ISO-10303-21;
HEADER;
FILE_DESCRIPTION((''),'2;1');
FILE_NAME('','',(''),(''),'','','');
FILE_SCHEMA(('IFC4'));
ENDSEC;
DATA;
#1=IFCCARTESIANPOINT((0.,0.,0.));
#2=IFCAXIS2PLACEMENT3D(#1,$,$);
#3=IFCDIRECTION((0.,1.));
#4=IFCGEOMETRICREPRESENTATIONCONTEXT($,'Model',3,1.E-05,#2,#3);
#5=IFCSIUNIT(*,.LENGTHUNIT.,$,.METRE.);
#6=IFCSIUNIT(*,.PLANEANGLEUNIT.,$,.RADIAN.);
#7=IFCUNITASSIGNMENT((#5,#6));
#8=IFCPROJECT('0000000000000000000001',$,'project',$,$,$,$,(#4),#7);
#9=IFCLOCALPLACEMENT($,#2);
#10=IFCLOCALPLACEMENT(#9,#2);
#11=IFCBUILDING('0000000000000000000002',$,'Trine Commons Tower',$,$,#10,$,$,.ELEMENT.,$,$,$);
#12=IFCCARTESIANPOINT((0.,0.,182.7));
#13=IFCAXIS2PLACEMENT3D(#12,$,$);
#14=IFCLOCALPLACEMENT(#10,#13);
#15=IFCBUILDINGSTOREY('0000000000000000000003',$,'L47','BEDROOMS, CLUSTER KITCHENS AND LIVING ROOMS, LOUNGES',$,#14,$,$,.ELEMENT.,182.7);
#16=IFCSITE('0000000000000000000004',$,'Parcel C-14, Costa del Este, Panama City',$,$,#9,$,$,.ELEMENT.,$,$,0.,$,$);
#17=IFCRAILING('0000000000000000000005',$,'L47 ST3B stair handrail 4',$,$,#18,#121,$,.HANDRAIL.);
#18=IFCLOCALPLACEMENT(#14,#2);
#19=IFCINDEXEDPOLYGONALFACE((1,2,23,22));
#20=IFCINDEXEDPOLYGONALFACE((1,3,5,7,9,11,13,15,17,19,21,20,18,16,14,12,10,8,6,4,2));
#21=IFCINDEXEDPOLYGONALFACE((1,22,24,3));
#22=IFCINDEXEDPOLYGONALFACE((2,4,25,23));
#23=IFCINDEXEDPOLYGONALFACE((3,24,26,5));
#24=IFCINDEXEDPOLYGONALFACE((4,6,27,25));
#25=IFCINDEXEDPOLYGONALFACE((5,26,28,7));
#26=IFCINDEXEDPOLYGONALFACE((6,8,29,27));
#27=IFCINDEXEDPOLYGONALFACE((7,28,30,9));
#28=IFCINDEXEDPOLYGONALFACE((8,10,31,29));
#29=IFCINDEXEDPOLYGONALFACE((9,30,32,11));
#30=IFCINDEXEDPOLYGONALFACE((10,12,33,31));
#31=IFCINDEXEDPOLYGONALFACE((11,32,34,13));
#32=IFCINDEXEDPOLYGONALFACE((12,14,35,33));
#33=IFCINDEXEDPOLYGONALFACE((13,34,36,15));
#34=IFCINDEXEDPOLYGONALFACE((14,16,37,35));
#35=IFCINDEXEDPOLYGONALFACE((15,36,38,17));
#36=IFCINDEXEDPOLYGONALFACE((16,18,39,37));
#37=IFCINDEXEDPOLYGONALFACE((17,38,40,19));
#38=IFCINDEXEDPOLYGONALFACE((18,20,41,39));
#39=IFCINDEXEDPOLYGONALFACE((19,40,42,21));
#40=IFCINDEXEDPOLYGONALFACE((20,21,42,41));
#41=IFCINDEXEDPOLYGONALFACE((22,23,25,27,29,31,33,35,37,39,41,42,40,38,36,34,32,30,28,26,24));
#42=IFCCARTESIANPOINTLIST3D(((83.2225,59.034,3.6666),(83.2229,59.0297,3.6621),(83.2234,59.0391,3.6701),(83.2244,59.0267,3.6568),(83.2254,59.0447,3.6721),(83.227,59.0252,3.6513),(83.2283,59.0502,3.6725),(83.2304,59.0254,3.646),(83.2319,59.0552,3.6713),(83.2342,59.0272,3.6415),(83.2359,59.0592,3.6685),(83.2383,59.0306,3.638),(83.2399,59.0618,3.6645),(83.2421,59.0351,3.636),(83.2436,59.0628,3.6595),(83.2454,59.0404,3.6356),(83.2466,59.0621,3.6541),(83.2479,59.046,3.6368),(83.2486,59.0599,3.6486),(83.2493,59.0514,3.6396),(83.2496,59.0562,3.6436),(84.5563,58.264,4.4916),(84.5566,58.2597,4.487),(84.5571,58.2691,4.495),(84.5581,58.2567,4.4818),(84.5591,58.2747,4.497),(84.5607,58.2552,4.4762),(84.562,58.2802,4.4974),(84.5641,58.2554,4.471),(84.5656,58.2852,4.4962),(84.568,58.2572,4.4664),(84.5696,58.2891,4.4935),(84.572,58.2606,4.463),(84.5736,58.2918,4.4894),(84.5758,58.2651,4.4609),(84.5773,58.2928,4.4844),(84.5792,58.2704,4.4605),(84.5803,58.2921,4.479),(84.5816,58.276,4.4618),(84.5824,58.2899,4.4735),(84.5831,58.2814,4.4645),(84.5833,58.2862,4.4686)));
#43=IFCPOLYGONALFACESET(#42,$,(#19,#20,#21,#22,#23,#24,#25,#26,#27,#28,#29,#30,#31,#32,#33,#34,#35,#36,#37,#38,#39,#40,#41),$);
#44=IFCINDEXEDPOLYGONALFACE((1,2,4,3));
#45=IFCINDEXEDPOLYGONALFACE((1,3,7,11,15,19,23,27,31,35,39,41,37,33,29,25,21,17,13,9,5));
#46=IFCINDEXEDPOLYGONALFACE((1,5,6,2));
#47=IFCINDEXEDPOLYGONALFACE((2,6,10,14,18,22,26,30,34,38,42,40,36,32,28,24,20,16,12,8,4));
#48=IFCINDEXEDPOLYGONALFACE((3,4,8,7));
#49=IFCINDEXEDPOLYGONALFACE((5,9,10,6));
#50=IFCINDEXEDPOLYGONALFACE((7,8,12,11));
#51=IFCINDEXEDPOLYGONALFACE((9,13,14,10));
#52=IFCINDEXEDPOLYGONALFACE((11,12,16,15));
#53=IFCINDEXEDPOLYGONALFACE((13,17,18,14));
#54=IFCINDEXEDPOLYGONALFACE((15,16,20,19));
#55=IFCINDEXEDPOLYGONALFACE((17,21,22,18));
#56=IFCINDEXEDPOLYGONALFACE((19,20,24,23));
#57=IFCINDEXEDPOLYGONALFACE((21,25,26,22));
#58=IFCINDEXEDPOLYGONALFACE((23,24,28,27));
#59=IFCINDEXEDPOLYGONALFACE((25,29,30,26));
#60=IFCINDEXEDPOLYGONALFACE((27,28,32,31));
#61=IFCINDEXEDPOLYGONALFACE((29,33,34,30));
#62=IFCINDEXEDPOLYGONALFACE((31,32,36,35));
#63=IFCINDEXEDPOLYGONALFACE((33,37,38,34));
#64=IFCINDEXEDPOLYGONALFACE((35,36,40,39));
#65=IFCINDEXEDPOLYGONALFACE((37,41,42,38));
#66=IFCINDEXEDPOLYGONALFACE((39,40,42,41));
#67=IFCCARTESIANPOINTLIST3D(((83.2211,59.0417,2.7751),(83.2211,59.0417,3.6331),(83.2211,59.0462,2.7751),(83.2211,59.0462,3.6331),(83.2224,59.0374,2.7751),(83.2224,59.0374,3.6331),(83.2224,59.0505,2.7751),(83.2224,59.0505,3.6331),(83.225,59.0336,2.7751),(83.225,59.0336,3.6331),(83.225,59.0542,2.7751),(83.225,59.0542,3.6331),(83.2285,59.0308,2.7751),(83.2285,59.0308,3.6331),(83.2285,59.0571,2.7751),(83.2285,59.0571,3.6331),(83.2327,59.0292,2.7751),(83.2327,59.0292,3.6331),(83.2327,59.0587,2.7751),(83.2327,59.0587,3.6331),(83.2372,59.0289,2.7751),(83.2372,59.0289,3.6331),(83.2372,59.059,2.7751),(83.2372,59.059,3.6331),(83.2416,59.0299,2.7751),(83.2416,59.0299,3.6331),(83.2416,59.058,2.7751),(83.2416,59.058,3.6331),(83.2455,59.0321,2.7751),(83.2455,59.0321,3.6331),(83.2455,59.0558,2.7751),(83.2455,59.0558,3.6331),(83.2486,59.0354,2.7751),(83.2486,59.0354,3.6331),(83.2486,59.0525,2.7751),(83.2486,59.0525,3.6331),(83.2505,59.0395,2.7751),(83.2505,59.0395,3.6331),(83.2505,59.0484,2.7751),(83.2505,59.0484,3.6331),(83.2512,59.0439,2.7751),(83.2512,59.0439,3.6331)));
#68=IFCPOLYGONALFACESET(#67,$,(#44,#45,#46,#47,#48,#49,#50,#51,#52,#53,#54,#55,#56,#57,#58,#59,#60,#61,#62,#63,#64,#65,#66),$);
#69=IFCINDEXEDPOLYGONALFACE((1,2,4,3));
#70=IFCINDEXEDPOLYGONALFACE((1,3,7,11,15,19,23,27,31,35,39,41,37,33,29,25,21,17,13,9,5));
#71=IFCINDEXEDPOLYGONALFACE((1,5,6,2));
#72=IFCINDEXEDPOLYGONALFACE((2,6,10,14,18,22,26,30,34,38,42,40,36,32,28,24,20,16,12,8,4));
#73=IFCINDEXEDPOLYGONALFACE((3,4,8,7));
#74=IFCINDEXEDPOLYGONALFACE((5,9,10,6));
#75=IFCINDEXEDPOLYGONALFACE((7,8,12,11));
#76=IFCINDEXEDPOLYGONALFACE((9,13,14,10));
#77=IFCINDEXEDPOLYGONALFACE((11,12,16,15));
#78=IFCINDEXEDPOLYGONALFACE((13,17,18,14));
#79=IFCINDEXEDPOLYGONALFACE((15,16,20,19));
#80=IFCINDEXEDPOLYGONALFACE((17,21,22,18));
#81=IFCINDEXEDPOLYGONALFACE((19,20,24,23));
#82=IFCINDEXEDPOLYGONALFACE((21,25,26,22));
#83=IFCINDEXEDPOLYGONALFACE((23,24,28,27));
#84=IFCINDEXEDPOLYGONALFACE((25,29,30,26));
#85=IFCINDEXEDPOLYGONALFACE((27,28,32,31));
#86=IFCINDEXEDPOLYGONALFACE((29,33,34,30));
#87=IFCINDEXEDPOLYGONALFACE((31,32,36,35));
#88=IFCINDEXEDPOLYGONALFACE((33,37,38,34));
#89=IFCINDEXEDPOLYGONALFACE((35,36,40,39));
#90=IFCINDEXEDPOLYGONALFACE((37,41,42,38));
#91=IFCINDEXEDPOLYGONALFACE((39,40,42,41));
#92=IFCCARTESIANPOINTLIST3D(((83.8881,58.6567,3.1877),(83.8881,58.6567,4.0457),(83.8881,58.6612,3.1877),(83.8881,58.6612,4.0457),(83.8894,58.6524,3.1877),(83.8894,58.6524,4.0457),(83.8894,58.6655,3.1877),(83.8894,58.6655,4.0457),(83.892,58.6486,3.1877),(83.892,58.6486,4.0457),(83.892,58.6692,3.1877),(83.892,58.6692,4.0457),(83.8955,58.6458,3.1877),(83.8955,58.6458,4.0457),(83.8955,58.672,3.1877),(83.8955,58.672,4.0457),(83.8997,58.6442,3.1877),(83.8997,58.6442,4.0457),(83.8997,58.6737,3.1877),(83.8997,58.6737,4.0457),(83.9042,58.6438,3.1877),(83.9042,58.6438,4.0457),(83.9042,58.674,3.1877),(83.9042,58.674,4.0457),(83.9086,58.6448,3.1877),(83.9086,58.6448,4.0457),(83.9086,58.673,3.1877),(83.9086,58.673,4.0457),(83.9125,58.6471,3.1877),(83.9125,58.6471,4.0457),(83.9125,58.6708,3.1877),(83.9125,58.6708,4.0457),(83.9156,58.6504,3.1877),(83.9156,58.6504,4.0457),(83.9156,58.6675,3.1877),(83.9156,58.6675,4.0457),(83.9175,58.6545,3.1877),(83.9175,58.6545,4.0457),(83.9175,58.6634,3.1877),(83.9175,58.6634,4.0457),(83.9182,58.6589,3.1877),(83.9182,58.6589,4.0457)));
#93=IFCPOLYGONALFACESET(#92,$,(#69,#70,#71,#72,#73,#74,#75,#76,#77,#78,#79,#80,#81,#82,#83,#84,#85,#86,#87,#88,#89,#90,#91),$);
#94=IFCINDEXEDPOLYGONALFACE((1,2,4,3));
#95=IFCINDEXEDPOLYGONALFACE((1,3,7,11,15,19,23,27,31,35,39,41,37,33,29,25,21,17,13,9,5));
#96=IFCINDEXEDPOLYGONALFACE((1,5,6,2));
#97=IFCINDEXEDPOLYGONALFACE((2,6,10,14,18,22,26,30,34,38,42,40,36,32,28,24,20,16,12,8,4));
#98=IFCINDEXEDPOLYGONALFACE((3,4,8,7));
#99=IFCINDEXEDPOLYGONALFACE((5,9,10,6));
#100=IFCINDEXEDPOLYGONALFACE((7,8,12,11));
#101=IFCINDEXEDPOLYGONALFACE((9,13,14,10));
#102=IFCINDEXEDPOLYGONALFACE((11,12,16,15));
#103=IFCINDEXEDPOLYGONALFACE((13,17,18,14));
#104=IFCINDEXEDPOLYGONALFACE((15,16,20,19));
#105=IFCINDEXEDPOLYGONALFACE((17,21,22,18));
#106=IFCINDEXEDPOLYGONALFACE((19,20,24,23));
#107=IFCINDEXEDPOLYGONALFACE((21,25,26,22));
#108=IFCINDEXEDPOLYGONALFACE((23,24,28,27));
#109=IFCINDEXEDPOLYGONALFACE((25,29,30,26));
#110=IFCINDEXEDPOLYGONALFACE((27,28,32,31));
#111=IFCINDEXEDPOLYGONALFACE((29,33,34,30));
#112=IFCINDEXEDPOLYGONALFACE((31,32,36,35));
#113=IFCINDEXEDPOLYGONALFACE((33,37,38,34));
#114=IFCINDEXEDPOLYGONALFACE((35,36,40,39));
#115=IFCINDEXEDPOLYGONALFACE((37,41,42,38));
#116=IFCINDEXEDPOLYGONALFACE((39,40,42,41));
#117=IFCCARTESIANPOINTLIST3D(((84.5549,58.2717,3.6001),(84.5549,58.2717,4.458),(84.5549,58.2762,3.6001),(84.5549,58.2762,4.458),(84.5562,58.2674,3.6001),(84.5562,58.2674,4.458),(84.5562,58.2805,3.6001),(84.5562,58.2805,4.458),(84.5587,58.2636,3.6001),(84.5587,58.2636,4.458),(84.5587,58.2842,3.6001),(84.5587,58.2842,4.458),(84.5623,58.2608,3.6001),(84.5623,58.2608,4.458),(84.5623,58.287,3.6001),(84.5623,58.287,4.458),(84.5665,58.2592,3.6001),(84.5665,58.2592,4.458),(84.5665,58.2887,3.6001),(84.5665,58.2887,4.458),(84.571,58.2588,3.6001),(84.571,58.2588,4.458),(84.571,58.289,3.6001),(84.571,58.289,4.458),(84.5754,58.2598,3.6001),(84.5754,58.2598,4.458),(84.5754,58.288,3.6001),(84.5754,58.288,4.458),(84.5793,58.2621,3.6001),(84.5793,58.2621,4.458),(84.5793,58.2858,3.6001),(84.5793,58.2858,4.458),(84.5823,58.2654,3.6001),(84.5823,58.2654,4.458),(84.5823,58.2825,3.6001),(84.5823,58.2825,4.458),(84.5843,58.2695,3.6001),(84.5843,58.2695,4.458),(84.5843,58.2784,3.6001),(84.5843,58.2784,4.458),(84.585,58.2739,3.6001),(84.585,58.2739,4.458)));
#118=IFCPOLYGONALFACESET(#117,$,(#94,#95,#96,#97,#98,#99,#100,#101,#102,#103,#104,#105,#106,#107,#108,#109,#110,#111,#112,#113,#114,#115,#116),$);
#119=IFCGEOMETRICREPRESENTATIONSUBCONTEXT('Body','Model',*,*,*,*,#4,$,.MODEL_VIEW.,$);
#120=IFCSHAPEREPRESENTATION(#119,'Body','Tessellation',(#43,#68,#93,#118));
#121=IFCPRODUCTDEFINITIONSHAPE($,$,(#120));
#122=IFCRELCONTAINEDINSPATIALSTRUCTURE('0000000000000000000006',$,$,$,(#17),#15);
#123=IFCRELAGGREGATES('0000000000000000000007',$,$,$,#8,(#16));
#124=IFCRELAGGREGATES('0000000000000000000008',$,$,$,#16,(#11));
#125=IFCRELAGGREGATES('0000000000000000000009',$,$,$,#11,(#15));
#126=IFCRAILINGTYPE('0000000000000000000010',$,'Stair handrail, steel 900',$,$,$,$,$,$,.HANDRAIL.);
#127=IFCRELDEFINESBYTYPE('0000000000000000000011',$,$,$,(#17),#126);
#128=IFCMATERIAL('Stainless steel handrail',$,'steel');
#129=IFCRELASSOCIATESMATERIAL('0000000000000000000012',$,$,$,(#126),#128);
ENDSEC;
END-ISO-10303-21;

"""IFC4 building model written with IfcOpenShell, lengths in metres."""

from ifc_helpers import new_model, si_unit, direction, frame, origin, origin_2d, place, context, subcontext, project, spatial, circle, extrude, material, type_object, element, save


model = new_model("IFC4")

# Units and contexts
model_context = context("Model", 3, precision=1e-05, world=origin(), true_north=direction((0.0, 1.0)))
body_context = subcontext(model_context, "Body", "Model", "MODEL_VIEW")
ifc_project = project(units=[si_unit("LENGTHUNIT", "METRE"), si_unit("PLANEANGLEUNIT", "RADIAN")], contexts=[model_context])

# Site, building, storey
site_placement = place(None, origin())
site = spatial("IfcSite", under=ifc_project, at=site_placement, Name="Parcel C-14, Costa del Este, Panama City", CompositionType="ELEMENT", RefElevation=0.0)
building_placement = place(site_placement, origin())
building = spatial("IfcBuilding", under=site, at=building_placement, Name="Trine Commons Tower", CompositionType="ELEMENT")
storey_placement = place(building_placement, frame((0.0, 0.0, 182.7)))
storey = spatial("IfcBuildingStorey", under=building, at=storey_placement, Name="L47", Description="BEDROOMS, CLUSTER KITCHENS AND LIVING ROOMS, LOUNGES", CompositionType="ELEMENT", Elevation=182.7)

# Railing
ifc_material_1 = material(Name="Stainless steel handrail", Category="steel")
railing_type_1 = type_object("IfcRailingType", Name="Stair handrail, steel 900", PredefinedType="HANDRAIL", material=ifc_material_1)
railing_1_placement = place(storey_placement, frame((83.2361, 59.0439, 2.7751)))
element("IfcRailing", 1, at=railing_1_placement, inside=storey, type_object=railing_type_1, Name="L47 ST3B stair handrail 4", PredefinedType="HANDRAIL", context=body_context, shape_type="SweptSolid", body=[
    extrude(circle(Radius=0.021, at=origin_2d()), frame((0.0, 0.0, 0.8789), z_axis=(0.763405, -0.440743, 0.472185), x_axis=(0.499992, 0.86603, 0.0)), (0.0, 0.0, 1.0), 1.7471),
    extrude(circle(Radius=0.0151, at=origin_2d()), origin(), (0.0, 0.0, 1.0), 0.8579),
    extrude(circle(Radius=0.0151, at=origin_2d()), frame((0.667, -0.385, 0.4126)), (0.0, 0.0, 1.0), 0.8579),
    extrude(circle(Radius=0.0151, at=origin_2d()), frame((1.3337, -0.77, 0.825)), (0.0, 0.0, 1.0), 0.8579),
])

save(model, "model.ifc")
